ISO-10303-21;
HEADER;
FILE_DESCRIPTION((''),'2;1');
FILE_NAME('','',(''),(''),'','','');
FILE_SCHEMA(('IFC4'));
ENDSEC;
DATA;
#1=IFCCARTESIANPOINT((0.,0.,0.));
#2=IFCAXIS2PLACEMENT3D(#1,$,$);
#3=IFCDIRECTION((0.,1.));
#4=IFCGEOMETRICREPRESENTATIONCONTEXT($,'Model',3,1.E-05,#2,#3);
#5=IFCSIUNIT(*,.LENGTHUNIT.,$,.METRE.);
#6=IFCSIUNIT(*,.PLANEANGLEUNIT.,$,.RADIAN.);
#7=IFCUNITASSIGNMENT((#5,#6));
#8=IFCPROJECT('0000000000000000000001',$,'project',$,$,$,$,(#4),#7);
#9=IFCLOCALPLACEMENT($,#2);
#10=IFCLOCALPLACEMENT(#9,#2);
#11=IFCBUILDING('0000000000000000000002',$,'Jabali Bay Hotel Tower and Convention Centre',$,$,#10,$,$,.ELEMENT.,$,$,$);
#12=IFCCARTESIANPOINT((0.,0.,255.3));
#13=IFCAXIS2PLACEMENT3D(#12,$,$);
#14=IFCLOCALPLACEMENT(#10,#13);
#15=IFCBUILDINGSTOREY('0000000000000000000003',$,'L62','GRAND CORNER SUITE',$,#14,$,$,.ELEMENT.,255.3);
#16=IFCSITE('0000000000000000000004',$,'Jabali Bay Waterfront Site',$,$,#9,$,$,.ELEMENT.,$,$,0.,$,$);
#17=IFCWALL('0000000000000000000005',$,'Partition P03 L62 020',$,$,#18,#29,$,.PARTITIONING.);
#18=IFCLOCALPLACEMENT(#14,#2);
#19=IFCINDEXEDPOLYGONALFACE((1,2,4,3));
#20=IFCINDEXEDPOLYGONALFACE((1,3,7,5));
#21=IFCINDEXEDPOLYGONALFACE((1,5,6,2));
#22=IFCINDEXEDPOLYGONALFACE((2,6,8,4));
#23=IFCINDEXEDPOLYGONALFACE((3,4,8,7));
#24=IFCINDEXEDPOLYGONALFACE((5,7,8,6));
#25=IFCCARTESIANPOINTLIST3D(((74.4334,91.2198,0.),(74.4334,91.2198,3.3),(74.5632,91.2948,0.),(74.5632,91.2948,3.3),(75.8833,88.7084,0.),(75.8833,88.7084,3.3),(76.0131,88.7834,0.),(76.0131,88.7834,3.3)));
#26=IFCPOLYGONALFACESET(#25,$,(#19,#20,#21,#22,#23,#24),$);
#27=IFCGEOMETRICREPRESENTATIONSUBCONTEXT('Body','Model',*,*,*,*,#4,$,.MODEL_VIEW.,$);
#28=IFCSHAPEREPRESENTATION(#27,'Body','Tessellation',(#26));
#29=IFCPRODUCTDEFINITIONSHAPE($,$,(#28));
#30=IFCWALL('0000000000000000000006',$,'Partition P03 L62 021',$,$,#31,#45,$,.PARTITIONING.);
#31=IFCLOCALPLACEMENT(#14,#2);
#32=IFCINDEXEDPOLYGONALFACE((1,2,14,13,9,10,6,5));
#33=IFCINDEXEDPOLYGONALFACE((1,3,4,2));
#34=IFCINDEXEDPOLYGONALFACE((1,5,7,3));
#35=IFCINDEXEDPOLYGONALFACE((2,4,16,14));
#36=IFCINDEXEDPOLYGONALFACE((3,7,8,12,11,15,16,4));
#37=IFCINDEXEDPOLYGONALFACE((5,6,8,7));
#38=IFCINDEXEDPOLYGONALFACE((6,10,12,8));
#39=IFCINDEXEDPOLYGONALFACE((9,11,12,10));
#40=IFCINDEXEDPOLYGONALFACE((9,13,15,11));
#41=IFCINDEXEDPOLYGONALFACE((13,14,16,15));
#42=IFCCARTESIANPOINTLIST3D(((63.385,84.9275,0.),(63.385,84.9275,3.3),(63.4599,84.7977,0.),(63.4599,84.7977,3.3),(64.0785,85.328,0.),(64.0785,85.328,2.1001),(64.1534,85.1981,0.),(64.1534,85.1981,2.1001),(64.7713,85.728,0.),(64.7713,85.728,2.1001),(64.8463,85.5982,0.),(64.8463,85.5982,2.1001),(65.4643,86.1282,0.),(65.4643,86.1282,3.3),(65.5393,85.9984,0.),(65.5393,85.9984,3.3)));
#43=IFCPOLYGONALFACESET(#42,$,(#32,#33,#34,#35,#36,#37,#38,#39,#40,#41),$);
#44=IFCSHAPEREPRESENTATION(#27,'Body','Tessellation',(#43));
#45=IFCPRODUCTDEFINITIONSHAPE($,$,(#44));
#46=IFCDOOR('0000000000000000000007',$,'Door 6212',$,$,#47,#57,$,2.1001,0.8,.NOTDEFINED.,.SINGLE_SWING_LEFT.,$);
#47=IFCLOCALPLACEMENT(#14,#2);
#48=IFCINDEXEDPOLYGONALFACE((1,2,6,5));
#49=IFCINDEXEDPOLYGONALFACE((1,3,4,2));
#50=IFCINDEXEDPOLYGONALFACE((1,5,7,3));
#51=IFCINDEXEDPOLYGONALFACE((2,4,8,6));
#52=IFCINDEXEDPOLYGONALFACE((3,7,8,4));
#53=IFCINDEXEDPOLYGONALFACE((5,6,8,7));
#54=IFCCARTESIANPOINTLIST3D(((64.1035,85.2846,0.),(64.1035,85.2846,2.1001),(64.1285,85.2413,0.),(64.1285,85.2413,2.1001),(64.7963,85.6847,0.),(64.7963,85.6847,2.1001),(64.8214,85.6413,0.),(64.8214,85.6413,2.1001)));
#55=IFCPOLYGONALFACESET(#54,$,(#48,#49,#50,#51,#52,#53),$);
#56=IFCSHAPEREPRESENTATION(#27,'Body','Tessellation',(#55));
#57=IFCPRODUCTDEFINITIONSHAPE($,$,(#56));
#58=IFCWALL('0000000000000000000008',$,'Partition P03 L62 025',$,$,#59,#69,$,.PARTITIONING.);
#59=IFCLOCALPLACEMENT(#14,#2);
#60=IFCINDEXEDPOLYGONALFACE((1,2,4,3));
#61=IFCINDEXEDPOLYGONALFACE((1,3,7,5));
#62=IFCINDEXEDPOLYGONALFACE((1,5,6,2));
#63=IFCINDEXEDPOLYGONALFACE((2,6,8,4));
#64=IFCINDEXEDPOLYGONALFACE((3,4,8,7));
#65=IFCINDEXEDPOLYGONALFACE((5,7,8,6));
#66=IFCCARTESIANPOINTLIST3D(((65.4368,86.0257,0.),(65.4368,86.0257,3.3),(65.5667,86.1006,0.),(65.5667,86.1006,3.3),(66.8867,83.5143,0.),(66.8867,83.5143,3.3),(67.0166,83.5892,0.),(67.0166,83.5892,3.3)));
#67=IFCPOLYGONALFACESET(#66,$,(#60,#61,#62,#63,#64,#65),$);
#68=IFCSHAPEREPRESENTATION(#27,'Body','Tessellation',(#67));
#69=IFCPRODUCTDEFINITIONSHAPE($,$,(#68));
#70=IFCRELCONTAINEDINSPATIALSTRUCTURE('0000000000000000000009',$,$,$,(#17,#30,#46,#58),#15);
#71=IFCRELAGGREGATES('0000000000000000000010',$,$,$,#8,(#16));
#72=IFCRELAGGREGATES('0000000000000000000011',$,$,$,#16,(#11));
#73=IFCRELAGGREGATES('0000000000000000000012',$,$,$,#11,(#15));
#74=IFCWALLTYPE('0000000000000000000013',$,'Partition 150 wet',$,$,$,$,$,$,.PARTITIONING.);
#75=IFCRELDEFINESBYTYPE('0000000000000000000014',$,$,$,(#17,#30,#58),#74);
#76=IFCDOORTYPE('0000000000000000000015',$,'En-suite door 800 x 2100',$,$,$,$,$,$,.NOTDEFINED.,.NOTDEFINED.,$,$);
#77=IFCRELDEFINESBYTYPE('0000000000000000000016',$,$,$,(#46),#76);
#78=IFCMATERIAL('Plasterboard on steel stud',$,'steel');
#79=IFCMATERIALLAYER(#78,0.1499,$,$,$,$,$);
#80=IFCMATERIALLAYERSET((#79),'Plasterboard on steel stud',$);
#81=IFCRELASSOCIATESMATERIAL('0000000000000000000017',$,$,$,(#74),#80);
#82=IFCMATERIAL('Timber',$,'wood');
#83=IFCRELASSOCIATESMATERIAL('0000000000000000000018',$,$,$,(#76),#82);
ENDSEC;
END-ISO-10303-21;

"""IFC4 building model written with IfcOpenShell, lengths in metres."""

from ifc_helpers import new_model, si_unit, direction, frame, frame_2d, origin, place, context, subcontext, project, spatial, rectangle, extrude, material, layer, layer_set, type_object, element, fill, save


model = new_model("IFC4")

# Units and contexts
model_context = context("Model", 3, precision=1e-05, world=origin(), true_north=direction((0.0, 1.0)))
body_context = subcontext(model_context, "Body", "Model", "MODEL_VIEW")
ifc_project = project(units=[si_unit("LENGTHUNIT", "METRE"), si_unit("PLANEANGLEUNIT", "RADIAN")], contexts=[model_context])

# Site, building, storey
site_placement = place(None, origin())
site = spatial("IfcSite", under=ifc_project, at=site_placement, Name="Jabali Bay Waterfront Site", CompositionType="ELEMENT", RefElevation=0.0)
building_placement = place(site_placement, origin())
building = spatial("IfcBuilding", under=site, at=building_placement, Name="Jabali Bay Hotel Tower and Convention Centre", CompositionType="ELEMENT")
storey_placement = place(building_placement, frame((0.0, 0.0, 255.3)))
storey = spatial("IfcBuildingStorey", under=building, at=storey_placement, Name="L62", Description="GRAND CORNER SUITE", CompositionType="ELEMENT", Elevation=255.3)

# Shared definitions
ifc_material_1 = material(Name="Timber", Category="wood")

# Shared definitions
ifc_material_2 = material(Name="Plasterboard on steel stud", Category="steel")

# Shared definitions
ifc_layer_1 = layer(ifc_material_2, 0.1499)
ifc_layer_set_1 = layer_set([ifc_layer_1], Name="Plasterboard on steel stud")
wall_type_1 = type_object("IfcWallType", Name="Partition 150 wet", PredefinedType="PARTITIONING", material=ifc_layer_set_1)
door_type_1 = type_object("IfcDoorType", Name="En-suite door 800 x 2100", OperationType="NOTDEFINED", PredefinedType="NOTDEFINED", material=ifc_material_1)

# Wall
wall_1_placement = place(storey_placement, frame((74.4983, 91.2573, 0.0), z_axis=(0.0, 0.0, 1.0), x_axis=(0.499987, -0.866033, 0.0)))
element("IfcWall", 1, at=wall_1_placement, inside=storey, type_object=wall_type_1, Name="Partition P03 L62 020", PredefinedType="PARTITIONING", context=body_context, shape_type="SweptSolid", body=[
    extrude(rectangle(XDim=2.8999, YDim=0.1499, at=frame_2d((1.45, 0.0))), origin(), (0.0, 0.0, 1.0), 3.3),
])

# Wall, opening, door
wall_2_placement = place(storey_placement, frame((63.4224, 84.8625, 0.0), z_axis=(0.0, 0.0, 1.0), x_axis=(0.865994, 0.500054, 0.0)))
wall_2 = element("IfcWall", 2, at=wall_2_placement, inside=storey, type_object=wall_type_1, Name="Partition P03 L62 021", PredefinedType="PARTITIONING", context=body_context, shape_type="SweptSolid", body=[
    extrude(rectangle(XDim=2.4011, YDim=0.1499, at=frame_2d((1.2007, 0.0))), origin(), (0.0, 0.0, 1.0), 3.3),
])
opening_1_placement = place(wall_2_placement, frame((0.801, 0.0, 0.0)))
opening_1 = element("IfcOpeningElement", 3, at=opening_1_placement, cuts=wall_2, PredefinedType="OPENING", context=body_context, shape_type="SweptSolid", body=[
    extrude(rectangle(XDim=0.8, YDim=2.1001, at=frame_2d((0.3999, 1.05))), frame((0.0, 0.0854, 0.0), z_axis=(0.0, -1.0, 0.0), x_axis=(1.0, 0.0, 0.0)), (0.0, 0.0, 1.0), 0.1709),
])
door_1_placement = place(opening_1_placement, origin())
door_1 = element("IfcDoor", 4, at=door_1_placement, inside=storey, type_object=door_type_1, Name="Door 6212", OperationType="SINGLE_SWING_LEFT", OverallHeight=2.1001, OverallWidth=0.8, PredefinedType="NOTDEFINED", context=body_context, shape_type="SweptSolid", body=[
    extrude(rectangle(XDim=0.8, YDim=2.1001, at=frame_2d((0.3999, 1.05))), frame((0.0, 0.0249, 0.0), z_axis=(0.0, -1.0, 0.0), x_axis=(1.0, 0.0, 0.0)), (0.0, 0.0, 1.0), 0.05),
])
fill(opening_1, door_1)

# Wall
wall_3_placement = place(storey_placement, frame((66.9517, 83.5518, 0.0), z_axis=(0.0, 0.0, 1.0), x_axis=(-0.499987, 0.866033, 0.0)))
element("IfcWall", 5, at=wall_3_placement, inside=storey, type_object=wall_type_1, Name="Partition P03 L62 025", PredefinedType="PARTITIONING", context=body_context, shape_type="SweptSolid", body=[
    extrude(rectangle(XDim=2.8999, YDim=0.1499, at=frame_2d((1.45, 0.0))), origin(), (0.0, 0.0, 1.0), 3.3),
])

save(model, "model.ifc")
